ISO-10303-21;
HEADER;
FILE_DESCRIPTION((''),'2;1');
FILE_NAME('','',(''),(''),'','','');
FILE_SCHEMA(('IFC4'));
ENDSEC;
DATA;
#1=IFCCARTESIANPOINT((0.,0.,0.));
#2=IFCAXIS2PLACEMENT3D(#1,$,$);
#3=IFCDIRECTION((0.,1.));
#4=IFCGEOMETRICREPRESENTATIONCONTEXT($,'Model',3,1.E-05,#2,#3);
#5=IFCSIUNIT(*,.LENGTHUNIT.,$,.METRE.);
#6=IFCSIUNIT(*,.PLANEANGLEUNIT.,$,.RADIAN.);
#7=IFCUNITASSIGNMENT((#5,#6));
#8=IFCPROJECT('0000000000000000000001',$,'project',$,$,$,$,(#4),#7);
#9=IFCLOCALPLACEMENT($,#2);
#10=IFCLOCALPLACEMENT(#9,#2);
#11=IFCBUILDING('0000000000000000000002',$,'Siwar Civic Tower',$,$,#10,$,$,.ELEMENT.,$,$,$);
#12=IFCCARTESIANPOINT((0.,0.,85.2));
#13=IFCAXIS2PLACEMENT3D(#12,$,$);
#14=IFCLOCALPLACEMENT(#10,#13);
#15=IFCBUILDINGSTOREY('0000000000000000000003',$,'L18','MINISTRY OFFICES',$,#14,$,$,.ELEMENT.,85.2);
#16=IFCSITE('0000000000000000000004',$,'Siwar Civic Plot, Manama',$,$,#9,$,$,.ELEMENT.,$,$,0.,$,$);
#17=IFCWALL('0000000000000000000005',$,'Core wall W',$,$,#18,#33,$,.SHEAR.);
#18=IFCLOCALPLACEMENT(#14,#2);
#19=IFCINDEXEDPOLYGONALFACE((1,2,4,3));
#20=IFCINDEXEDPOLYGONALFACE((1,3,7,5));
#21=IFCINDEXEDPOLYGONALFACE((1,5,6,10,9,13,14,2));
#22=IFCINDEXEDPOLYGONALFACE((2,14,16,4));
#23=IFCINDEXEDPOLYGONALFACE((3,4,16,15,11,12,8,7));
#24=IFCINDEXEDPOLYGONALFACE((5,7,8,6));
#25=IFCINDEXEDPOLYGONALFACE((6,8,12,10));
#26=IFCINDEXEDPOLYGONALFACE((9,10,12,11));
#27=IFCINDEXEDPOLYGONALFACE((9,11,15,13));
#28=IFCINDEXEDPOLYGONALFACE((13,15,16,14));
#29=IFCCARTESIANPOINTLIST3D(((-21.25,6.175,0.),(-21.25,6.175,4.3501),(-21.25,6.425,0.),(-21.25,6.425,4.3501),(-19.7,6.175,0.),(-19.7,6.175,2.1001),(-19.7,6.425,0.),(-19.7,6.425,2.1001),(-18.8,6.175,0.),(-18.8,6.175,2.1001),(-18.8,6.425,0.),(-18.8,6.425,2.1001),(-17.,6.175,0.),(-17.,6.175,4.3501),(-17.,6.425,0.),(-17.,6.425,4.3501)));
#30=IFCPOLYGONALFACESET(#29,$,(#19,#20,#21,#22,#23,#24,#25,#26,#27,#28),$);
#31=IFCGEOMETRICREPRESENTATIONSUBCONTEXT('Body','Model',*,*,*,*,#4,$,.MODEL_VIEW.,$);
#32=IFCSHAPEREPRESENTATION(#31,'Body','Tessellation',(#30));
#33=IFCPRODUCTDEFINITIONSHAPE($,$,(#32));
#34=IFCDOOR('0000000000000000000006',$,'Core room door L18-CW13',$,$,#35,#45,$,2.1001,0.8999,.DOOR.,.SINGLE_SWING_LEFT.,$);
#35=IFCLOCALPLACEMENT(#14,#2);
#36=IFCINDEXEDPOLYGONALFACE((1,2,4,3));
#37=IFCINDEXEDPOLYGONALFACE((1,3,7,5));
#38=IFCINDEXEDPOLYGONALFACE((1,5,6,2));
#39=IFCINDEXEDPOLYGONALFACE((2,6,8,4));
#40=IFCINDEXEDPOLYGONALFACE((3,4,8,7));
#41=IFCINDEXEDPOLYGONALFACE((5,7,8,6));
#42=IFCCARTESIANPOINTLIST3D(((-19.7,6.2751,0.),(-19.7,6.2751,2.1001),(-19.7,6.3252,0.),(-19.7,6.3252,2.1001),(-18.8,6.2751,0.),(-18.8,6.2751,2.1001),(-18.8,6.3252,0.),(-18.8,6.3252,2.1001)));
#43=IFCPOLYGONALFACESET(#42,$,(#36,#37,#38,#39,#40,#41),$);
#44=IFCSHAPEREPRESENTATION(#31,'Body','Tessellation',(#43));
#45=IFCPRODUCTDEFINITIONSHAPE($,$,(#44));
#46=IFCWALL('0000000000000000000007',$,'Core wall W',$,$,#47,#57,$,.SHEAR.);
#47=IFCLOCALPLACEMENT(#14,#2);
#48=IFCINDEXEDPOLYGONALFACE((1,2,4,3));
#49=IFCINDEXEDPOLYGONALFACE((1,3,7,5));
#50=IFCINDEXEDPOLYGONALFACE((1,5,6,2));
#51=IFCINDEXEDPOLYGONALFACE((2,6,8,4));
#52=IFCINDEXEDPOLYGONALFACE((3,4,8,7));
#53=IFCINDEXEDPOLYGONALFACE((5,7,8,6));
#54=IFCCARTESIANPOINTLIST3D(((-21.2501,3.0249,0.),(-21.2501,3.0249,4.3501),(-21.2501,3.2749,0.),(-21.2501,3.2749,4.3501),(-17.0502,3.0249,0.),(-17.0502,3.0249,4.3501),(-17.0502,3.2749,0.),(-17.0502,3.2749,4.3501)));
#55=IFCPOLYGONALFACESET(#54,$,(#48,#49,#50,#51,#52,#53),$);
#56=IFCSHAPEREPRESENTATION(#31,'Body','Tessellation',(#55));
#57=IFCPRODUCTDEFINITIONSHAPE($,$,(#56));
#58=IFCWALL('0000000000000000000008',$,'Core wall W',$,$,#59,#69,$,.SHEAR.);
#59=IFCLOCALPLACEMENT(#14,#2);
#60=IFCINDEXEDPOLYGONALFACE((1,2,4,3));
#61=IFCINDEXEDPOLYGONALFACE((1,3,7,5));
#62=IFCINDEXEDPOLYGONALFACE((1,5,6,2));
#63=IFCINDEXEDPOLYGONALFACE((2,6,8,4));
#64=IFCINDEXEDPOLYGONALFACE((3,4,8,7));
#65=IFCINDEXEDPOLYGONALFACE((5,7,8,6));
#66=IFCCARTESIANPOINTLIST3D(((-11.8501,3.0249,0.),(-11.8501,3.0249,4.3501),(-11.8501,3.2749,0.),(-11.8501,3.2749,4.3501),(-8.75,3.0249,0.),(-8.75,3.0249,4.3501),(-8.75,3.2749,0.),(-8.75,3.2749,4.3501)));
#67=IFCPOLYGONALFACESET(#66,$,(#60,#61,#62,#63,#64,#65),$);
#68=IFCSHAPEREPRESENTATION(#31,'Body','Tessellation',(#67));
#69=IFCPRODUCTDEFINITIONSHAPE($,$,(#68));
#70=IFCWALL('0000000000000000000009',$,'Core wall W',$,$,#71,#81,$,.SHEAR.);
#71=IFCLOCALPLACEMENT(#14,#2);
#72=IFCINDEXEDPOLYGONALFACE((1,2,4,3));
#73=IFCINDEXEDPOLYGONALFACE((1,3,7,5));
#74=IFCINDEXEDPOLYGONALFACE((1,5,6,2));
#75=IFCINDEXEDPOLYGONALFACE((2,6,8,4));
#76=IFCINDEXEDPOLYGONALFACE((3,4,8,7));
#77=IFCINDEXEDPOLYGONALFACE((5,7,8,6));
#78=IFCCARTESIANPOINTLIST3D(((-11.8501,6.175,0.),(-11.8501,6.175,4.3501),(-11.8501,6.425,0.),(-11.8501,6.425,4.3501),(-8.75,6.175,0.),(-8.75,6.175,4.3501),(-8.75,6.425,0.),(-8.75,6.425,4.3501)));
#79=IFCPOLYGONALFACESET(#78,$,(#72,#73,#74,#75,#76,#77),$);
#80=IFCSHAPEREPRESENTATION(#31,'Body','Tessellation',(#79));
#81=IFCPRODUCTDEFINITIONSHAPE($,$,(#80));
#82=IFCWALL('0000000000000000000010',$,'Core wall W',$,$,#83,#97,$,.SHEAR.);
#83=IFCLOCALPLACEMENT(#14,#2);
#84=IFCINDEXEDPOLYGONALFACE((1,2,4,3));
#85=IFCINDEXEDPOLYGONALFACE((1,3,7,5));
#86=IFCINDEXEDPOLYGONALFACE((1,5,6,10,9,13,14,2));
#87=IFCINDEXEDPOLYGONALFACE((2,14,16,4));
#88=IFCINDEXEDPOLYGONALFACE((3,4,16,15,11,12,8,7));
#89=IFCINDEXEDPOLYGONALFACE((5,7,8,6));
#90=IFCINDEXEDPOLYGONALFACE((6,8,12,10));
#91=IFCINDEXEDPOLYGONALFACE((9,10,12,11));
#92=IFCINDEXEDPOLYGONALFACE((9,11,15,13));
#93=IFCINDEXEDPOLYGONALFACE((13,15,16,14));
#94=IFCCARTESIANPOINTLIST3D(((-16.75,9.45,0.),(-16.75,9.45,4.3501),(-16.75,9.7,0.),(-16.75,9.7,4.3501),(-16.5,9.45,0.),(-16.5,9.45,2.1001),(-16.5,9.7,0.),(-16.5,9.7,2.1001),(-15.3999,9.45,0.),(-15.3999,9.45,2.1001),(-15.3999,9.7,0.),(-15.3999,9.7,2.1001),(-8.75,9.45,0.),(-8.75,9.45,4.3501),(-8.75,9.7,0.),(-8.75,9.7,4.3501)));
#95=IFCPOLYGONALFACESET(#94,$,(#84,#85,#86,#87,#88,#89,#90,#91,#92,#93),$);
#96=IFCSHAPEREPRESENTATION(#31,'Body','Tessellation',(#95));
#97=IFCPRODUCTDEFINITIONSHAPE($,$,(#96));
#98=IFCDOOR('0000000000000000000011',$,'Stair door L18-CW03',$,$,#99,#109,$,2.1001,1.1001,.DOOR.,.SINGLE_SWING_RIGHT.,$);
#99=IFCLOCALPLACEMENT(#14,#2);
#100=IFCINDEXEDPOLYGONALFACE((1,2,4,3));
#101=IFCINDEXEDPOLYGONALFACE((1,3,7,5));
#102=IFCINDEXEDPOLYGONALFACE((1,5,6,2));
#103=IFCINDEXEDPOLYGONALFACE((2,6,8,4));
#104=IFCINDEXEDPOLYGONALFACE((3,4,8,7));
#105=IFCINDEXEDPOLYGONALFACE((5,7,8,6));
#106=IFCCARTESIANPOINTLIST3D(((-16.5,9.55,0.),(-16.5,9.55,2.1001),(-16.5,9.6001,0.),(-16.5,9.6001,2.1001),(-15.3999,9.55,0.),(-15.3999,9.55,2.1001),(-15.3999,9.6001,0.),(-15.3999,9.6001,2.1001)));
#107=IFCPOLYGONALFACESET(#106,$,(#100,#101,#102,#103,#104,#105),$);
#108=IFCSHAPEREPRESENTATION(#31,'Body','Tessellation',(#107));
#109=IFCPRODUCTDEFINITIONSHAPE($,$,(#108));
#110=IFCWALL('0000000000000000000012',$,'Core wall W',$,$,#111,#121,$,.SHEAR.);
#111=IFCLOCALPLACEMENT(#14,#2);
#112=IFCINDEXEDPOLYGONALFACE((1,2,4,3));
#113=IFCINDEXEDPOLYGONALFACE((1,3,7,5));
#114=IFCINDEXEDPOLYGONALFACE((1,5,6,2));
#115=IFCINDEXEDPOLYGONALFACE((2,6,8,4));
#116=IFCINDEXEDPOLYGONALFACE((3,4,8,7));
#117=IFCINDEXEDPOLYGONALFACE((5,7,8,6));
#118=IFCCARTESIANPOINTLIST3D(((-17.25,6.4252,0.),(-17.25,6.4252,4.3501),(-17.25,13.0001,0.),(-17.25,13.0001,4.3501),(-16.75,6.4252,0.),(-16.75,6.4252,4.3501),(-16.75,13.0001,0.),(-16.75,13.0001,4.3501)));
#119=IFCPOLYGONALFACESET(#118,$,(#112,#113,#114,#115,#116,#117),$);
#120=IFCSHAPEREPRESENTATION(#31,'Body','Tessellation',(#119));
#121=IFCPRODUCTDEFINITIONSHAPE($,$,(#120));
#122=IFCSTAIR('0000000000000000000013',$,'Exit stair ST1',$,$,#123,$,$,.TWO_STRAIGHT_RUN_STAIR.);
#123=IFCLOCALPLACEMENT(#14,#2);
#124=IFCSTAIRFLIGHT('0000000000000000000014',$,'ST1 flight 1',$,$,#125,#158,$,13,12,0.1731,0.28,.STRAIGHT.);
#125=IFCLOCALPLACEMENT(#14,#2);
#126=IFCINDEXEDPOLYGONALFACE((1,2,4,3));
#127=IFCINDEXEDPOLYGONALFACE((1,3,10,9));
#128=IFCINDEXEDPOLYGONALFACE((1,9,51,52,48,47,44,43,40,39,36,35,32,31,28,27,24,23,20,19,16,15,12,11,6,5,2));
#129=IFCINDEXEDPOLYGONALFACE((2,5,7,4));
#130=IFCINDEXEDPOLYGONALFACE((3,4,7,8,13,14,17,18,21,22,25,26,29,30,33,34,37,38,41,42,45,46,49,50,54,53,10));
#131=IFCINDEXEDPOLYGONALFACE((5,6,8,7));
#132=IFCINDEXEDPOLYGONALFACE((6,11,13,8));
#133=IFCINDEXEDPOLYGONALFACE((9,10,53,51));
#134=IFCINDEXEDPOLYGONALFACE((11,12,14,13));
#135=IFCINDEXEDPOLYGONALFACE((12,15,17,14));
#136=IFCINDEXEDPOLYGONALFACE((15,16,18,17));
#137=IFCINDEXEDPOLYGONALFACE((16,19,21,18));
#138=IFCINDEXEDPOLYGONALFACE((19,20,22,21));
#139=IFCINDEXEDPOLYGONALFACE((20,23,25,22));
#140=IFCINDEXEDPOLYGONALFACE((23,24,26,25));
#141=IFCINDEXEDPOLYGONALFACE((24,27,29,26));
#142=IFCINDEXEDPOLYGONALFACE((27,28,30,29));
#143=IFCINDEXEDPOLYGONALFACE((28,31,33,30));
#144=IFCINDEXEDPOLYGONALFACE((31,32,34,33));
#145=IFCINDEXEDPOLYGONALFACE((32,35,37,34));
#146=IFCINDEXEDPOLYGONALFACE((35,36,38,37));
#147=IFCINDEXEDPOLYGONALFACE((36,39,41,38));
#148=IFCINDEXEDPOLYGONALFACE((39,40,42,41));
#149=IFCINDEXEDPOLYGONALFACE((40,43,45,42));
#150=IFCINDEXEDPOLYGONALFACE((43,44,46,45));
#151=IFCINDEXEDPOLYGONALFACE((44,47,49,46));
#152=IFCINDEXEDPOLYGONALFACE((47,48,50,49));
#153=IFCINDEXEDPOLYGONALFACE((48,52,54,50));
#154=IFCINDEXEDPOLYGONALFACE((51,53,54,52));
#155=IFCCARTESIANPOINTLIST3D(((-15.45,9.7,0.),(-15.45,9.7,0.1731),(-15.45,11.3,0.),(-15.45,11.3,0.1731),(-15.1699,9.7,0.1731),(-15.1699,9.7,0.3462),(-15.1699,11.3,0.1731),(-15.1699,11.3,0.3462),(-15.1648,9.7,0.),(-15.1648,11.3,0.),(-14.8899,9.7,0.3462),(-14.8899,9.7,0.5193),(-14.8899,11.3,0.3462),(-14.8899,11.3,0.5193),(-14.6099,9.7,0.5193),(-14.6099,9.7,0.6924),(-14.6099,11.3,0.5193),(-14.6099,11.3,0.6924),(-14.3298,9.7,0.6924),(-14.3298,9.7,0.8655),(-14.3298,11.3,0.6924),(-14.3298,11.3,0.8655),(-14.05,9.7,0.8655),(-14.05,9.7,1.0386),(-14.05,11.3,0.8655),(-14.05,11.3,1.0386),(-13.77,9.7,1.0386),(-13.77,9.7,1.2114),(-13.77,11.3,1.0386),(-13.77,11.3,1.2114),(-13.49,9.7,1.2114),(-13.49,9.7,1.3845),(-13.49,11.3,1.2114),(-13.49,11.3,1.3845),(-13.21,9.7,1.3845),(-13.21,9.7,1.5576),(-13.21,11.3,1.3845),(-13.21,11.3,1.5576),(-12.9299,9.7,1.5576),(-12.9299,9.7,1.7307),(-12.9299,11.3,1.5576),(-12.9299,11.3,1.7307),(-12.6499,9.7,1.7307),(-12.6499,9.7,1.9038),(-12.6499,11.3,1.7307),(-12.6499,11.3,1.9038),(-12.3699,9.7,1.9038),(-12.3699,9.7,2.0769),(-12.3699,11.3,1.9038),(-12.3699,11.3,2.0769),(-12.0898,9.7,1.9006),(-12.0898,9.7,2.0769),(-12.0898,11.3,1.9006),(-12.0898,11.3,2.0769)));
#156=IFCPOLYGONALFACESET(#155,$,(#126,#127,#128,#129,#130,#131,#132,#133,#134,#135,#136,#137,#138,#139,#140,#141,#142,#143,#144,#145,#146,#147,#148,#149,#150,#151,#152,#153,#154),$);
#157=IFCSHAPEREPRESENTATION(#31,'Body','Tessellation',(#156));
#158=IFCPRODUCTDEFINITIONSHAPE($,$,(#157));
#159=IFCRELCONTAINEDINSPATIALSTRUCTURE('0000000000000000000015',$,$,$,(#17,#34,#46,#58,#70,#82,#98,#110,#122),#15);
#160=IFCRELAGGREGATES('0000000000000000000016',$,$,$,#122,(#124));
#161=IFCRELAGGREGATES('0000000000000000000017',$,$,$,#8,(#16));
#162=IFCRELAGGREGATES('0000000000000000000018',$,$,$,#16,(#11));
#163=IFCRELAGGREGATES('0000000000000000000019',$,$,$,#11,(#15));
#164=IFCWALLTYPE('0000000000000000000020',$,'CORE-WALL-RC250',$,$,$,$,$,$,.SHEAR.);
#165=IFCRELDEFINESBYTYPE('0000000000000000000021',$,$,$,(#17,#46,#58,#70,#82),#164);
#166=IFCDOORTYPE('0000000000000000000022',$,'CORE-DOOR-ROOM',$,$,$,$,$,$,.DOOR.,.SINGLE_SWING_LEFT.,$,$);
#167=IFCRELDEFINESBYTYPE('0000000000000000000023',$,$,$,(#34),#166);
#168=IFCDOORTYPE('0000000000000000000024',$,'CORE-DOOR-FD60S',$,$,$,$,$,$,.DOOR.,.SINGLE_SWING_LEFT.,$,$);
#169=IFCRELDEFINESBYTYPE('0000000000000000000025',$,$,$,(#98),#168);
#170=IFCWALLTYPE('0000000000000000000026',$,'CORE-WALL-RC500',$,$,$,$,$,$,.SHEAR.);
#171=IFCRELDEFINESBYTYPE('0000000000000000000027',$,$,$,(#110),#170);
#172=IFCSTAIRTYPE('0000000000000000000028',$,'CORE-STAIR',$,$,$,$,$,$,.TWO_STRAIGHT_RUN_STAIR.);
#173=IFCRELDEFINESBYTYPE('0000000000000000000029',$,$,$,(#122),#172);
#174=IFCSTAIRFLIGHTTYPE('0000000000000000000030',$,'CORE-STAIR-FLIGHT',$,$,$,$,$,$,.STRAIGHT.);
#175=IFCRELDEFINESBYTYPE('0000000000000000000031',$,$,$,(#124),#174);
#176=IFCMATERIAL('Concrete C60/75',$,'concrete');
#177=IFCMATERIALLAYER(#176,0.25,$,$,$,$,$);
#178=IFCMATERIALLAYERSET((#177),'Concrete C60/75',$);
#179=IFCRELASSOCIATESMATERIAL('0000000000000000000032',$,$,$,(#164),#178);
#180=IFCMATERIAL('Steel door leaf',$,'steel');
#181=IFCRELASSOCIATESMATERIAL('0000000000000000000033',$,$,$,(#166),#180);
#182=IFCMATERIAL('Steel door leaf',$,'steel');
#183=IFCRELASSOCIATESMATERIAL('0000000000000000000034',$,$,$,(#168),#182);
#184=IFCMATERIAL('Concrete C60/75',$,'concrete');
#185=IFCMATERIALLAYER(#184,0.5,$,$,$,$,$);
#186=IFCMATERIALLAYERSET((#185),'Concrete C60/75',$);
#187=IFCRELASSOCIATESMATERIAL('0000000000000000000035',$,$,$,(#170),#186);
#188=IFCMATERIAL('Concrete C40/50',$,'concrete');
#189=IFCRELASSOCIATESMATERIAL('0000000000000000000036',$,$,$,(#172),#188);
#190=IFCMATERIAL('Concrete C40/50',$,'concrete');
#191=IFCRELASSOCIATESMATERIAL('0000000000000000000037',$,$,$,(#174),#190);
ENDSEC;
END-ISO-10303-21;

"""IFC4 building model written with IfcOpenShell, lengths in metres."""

from ifc_helpers import new_model, si_unit, direction, frame, frame_2d, origin, place, context, subcontext, project, spatial, polyline, rectangle, outline, extrude, material, layer, layer_set, type_object, element, fill, aggregate, save


model = new_model("IFC4")

# Units and contexts
model_context = context("Model", 3, precision=1e-05, world=origin(), true_north=direction((0.0, 1.0)))
body_context = subcontext(model_context, "Body", "Model", "MODEL_VIEW")
ifc_project = project(units=[si_unit("LENGTHUNIT", "METRE"), si_unit("PLANEANGLEUNIT", "RADIAN")], contexts=[model_context])

# Site, building, storey
site_placement = place(None, origin())
site = spatial("IfcSite", under=ifc_project, at=site_placement, Name="Siwar Civic Plot, Manama", CompositionType="ELEMENT", RefElevation=0.0)
building_placement = place(site_placement, origin())
building = spatial("IfcBuilding", under=site, at=building_placement, Name="Siwar Civic Tower", CompositionType="ELEMENT")
storey_placement = place(building_placement, frame((0.0, 0.0, 85.2)))
storey = spatial("IfcBuildingStorey", under=building, at=storey_placement, Name="L18", Description="MINISTRY OFFICES", CompositionType="ELEMENT", Elevation=85.2)

# Shared definitions
ifc_material_1 = material(Name="Concrete C60/75", Category="concrete")
ifc_layer_1 = layer(ifc_material_1, 0.25)
ifc_layer_set_1 = layer_set([ifc_layer_1], Name="Concrete C60/75")
wall_type_1 = type_object("IfcWallType", Name="CORE-WALL-RC250", PredefinedType="SHEAR", material=ifc_layer_set_1)

# Wall, opening, door
wall_1_placement = place(storey_placement, frame((-17.0, 6.3, 0.0), z_axis=(0.0, 0.0, 1.0), x_axis=(-1.0, 0.0, 0.0)))
wall_1 = element("IfcWall", 1, at=wall_1_placement, inside=storey, type_object=wall_type_1, Name="Core wall W", PredefinedType="SHEAR", context=body_context, shape_type="SweptSolid", body=[
    extrude(rectangle(XDim=4.25, YDim=0.25, at=frame_2d((2.125, 0.0))), origin(), (0.0, 0.0, 1.0), 4.3501),
])
opening_1_placement = place(wall_1_placement, frame((1.8, 0.0, 0.0)))
opening_1 = element("IfcOpeningElement", 2, at=opening_1_placement, cuts=wall_1, PredefinedType="OPENING", context=body_context, shape_type="SweptSolid", body=[
    extrude(rectangle(XDim=0.8999, YDim=2.1001, at=frame_2d((0.45, 1.05))), frame((0.0, 0.135, 0.0), z_axis=(0.0, -1.0, 0.0), x_axis=(1.0, 0.0, 0.0)), (0.0, 0.0, 1.0), 0.27),
])
ifc_material_2 = material(Name="Steel door leaf", Category="steel")
door_type_1 = type_object("IfcDoorType", Name="CORE-DOOR-ROOM", OperationType="SINGLE_SWING_LEFT", PredefinedType="DOOR", material=ifc_material_2)
door_1_placement = place(opening_1_placement, origin())
door_1 = element("IfcDoor", 3, at=door_1_placement, inside=storey, type_object=door_type_1, Name="Core room door L18-CW13", OperationType="SINGLE_SWING_LEFT", OverallHeight=2.1001, OverallWidth=0.8999, PredefinedType="DOOR", context=body_context, shape_type="SweptSolid", body=[
    extrude(rectangle(XDim=0.8999, YDim=2.1001, at=frame_2d((0.45, 1.05))), frame((0.0, 0.0249, 0.0), z_axis=(0.0, -1.0, 0.0), x_axis=(1.0, 0.0, 0.0)), (0.0, 0.0, 1.0), 0.05),
])
fill(opening_1, door_1)

# Walls
wall_2_placement = place(storey_placement, frame((-17.05, 3.1499, 0.0), z_axis=(0.0, 0.0, 1.0), x_axis=(-1.0, 0.0, 0.0)))
element("IfcWall", 4, at=wall_2_placement, inside=storey, type_object=wall_type_1, Name="Core wall W", PredefinedType="SHEAR", context=body_context, shape_type="SweptSolid", body=[
    extrude(rectangle(XDim=4.2, YDim=0.25, at=frame_2d((2.1001, 0.0))), origin(), (0.0, 0.0, 1.0), 4.3501),
])
for number, where, z_axis, x_axis, name in (
    (5, (-8.75, 3.1499, 0.0), (0.0, 0.0, 1.0), (-1.0, 0.0, 0.0), "Core wall W"),
    (6, (-8.75, 6.3, 0.0), (0.0, 0.0, 1.0), (-1.0, 0.0, 0.0), "Core wall W"),
):
    element("IfcWall", number, at=place(storey_placement, frame(where, z_axis=z_axis, x_axis=x_axis)), inside=storey, type_object=wall_type_1, Name=name, PredefinedType="SHEAR", context=body_context, shape_type="SweptSolid", body=[
        extrude(rectangle(XDim=3.1001, YDim=0.25, at=frame_2d((1.55, 0.0))), origin(), (0.0, 0.0, 1.0), 4.3501),
    ])

# Wall, opening, door
wall_3_placement = place(storey_placement, frame((-8.75, 9.575, 0.0), z_axis=(0.0, 0.0, 1.0), x_axis=(-1.0, 0.0, 0.0)))
wall_3 = element("IfcWall", 7, at=wall_3_placement, inside=storey, type_object=wall_type_1, Name="Core wall W", PredefinedType="SHEAR", context=body_context, shape_type="SweptSolid", body=[
    extrude(rectangle(XDim=8.0, YDim=0.25, at=frame_2d((4.0, 0.0))), origin(), (0.0, 0.0, 1.0), 4.3501),
])
opening_2_placement = place(wall_3_placement, frame((6.6499, 0.0, 0.0)))
opening_2 = element("IfcOpeningElement", 8, at=opening_2_placement, cuts=wall_3, PredefinedType="OPENING", context=body_context, shape_type="SweptSolid", body=[
    extrude(rectangle(XDim=1.1001, YDim=2.1001, at=frame_2d((0.55, 1.05))), frame((0.0, 0.135, 0.0), z_axis=(0.0, -1.0, 0.0), x_axis=(1.0, 0.0, 0.0)), (0.0, 0.0, 1.0), 0.27),
])
ifc_material_3 = material(Name="Steel door leaf", Category="steel")
door_type_2 = type_object("IfcDoorType", Name="CORE-DOOR-FD60S", OperationType="SINGLE_SWING_LEFT", PredefinedType="DOOR", material=ifc_material_3)
door_2_placement = place(opening_2_placement, origin())
door_2 = element("IfcDoor", 9, at=door_2_placement, inside=storey, type_object=door_type_2, Name="Stair door L18-CW03", OperationType="SINGLE_SWING_RIGHT", OverallHeight=2.1001, OverallWidth=1.1001, PredefinedType="DOOR", context=body_context, shape_type="SweptSolid", body=[
    extrude(rectangle(XDim=1.1001, YDim=2.1001, at=frame_2d((0.55, 1.05))), frame((0.0, 0.0249, 0.0), z_axis=(0.0, -1.0, 0.0), x_axis=(1.0, 0.0, 0.0)), (0.0, 0.0, 1.0), 0.05),
])
fill(opening_2, door_2)

# Wall
ifc_material_4 = material(Name="Concrete C60/75", Category="concrete")
ifc_layer_2 = layer(ifc_material_4, 0.5)
ifc_layer_set_2 = layer_set([ifc_layer_2], Name="Concrete C60/75")
wall_type_2 = type_object("IfcWallType", Name="CORE-WALL-RC500", PredefinedType="SHEAR", material=ifc_layer_set_2)
wall_4_placement = place(storey_placement, frame((-17.0, 6.425, 0.0), z_axis=(0.0, 0.0, 1.0), x_axis=(0.0, 1.0, 0.0)))
element("IfcWall", 10, at=wall_4_placement, inside=storey, type_object=wall_type_2, Name="Core wall W", PredefinedType="SHEAR", context=body_context, shape_type="SweptSolid", body=[
    extrude(rectangle(XDim=6.575, YDim=0.5, at=frame_2d((3.2876, 0.0))), origin(), (0.0, 0.0, 1.0), 4.3501),
])

# Stair, stair flight
ifc_material_5 = material(Name="Concrete C40/50", Category="concrete")
stair_type = type_object("IfcStairType", Name="CORE-STAIR", PredefinedType="TWO_STRAIGHT_RUN_STAIR", material=ifc_material_5)
stair_placement = place(storey_placement, origin())
stair = element("IfcStair", 11, at=stair_placement, inside=storey, type_object=stair_type, Name="Exit stair ST1", PredefinedType="TWO_STRAIGHT_RUN_STAIR")
ifc_material_6 = material(Name="Concrete C40/50", Category="concrete")
stair_flight_type = type_object("IfcStairFlightType", Name="CORE-STAIR-FLIGHT", PredefinedType="STRAIGHT", material=ifc_material_6)
stair_flight_1_placement = place(storey_placement, frame((-15.45, 10.5, 0.0), z_axis=(0.0, 0.0, 1.0), x_axis=(1.0, 0.0, 0.0)))
stair_flight_1 = element("IfcStairFlight", 12, at=stair_flight_1_placement, type_object=stair_flight_type, Name="ST1 flight 1", NumberOfRisers=13, NumberOfTreads=12, PredefinedType="STRAIGHT", RiserHeight=0.1731, TreadLength=0.28, context=body_context, shape_type="SweptSolid", body=[
    extrude(outline(polyline([(0.0, 0.0), (0.0, 0.1731), (0.28, 0.1731), (0.28, 0.3462), (0.5601, 0.3462), (0.5601, 0.5193), (0.8401, 0.5193), (0.8401, 0.6924), (1.1201, 0.6924), (1.1201, 0.8655), (1.3999, 0.8655), (1.3999, 1.0386), (1.6799, 1.0386), (1.6799, 1.2114), (1.96, 1.2114), (1.96, 1.3845), (2.24, 1.3845), (2.24, 1.5576), (2.52, 1.5576), (2.52, 1.7307), (2.8, 1.7307), (2.8, 1.9038), (3.0801, 1.9038), (3.0801, 2.0769), (3.3601, 2.0769), (3.3601, 2.25), (3.3601, 1.9006), (0.2852, 0.0), (0.0, 0.0)])), frame((0.0, 0.8, 0.0), z_axis=(0.0, -1.0, 0.0), x_axis=(1.0, 0.0, 0.0)), (0.0, 0.0, 1.0), 1.6001),
])
aggregate(stair, [stair_flight_1])

save(model, "model.ifc")
